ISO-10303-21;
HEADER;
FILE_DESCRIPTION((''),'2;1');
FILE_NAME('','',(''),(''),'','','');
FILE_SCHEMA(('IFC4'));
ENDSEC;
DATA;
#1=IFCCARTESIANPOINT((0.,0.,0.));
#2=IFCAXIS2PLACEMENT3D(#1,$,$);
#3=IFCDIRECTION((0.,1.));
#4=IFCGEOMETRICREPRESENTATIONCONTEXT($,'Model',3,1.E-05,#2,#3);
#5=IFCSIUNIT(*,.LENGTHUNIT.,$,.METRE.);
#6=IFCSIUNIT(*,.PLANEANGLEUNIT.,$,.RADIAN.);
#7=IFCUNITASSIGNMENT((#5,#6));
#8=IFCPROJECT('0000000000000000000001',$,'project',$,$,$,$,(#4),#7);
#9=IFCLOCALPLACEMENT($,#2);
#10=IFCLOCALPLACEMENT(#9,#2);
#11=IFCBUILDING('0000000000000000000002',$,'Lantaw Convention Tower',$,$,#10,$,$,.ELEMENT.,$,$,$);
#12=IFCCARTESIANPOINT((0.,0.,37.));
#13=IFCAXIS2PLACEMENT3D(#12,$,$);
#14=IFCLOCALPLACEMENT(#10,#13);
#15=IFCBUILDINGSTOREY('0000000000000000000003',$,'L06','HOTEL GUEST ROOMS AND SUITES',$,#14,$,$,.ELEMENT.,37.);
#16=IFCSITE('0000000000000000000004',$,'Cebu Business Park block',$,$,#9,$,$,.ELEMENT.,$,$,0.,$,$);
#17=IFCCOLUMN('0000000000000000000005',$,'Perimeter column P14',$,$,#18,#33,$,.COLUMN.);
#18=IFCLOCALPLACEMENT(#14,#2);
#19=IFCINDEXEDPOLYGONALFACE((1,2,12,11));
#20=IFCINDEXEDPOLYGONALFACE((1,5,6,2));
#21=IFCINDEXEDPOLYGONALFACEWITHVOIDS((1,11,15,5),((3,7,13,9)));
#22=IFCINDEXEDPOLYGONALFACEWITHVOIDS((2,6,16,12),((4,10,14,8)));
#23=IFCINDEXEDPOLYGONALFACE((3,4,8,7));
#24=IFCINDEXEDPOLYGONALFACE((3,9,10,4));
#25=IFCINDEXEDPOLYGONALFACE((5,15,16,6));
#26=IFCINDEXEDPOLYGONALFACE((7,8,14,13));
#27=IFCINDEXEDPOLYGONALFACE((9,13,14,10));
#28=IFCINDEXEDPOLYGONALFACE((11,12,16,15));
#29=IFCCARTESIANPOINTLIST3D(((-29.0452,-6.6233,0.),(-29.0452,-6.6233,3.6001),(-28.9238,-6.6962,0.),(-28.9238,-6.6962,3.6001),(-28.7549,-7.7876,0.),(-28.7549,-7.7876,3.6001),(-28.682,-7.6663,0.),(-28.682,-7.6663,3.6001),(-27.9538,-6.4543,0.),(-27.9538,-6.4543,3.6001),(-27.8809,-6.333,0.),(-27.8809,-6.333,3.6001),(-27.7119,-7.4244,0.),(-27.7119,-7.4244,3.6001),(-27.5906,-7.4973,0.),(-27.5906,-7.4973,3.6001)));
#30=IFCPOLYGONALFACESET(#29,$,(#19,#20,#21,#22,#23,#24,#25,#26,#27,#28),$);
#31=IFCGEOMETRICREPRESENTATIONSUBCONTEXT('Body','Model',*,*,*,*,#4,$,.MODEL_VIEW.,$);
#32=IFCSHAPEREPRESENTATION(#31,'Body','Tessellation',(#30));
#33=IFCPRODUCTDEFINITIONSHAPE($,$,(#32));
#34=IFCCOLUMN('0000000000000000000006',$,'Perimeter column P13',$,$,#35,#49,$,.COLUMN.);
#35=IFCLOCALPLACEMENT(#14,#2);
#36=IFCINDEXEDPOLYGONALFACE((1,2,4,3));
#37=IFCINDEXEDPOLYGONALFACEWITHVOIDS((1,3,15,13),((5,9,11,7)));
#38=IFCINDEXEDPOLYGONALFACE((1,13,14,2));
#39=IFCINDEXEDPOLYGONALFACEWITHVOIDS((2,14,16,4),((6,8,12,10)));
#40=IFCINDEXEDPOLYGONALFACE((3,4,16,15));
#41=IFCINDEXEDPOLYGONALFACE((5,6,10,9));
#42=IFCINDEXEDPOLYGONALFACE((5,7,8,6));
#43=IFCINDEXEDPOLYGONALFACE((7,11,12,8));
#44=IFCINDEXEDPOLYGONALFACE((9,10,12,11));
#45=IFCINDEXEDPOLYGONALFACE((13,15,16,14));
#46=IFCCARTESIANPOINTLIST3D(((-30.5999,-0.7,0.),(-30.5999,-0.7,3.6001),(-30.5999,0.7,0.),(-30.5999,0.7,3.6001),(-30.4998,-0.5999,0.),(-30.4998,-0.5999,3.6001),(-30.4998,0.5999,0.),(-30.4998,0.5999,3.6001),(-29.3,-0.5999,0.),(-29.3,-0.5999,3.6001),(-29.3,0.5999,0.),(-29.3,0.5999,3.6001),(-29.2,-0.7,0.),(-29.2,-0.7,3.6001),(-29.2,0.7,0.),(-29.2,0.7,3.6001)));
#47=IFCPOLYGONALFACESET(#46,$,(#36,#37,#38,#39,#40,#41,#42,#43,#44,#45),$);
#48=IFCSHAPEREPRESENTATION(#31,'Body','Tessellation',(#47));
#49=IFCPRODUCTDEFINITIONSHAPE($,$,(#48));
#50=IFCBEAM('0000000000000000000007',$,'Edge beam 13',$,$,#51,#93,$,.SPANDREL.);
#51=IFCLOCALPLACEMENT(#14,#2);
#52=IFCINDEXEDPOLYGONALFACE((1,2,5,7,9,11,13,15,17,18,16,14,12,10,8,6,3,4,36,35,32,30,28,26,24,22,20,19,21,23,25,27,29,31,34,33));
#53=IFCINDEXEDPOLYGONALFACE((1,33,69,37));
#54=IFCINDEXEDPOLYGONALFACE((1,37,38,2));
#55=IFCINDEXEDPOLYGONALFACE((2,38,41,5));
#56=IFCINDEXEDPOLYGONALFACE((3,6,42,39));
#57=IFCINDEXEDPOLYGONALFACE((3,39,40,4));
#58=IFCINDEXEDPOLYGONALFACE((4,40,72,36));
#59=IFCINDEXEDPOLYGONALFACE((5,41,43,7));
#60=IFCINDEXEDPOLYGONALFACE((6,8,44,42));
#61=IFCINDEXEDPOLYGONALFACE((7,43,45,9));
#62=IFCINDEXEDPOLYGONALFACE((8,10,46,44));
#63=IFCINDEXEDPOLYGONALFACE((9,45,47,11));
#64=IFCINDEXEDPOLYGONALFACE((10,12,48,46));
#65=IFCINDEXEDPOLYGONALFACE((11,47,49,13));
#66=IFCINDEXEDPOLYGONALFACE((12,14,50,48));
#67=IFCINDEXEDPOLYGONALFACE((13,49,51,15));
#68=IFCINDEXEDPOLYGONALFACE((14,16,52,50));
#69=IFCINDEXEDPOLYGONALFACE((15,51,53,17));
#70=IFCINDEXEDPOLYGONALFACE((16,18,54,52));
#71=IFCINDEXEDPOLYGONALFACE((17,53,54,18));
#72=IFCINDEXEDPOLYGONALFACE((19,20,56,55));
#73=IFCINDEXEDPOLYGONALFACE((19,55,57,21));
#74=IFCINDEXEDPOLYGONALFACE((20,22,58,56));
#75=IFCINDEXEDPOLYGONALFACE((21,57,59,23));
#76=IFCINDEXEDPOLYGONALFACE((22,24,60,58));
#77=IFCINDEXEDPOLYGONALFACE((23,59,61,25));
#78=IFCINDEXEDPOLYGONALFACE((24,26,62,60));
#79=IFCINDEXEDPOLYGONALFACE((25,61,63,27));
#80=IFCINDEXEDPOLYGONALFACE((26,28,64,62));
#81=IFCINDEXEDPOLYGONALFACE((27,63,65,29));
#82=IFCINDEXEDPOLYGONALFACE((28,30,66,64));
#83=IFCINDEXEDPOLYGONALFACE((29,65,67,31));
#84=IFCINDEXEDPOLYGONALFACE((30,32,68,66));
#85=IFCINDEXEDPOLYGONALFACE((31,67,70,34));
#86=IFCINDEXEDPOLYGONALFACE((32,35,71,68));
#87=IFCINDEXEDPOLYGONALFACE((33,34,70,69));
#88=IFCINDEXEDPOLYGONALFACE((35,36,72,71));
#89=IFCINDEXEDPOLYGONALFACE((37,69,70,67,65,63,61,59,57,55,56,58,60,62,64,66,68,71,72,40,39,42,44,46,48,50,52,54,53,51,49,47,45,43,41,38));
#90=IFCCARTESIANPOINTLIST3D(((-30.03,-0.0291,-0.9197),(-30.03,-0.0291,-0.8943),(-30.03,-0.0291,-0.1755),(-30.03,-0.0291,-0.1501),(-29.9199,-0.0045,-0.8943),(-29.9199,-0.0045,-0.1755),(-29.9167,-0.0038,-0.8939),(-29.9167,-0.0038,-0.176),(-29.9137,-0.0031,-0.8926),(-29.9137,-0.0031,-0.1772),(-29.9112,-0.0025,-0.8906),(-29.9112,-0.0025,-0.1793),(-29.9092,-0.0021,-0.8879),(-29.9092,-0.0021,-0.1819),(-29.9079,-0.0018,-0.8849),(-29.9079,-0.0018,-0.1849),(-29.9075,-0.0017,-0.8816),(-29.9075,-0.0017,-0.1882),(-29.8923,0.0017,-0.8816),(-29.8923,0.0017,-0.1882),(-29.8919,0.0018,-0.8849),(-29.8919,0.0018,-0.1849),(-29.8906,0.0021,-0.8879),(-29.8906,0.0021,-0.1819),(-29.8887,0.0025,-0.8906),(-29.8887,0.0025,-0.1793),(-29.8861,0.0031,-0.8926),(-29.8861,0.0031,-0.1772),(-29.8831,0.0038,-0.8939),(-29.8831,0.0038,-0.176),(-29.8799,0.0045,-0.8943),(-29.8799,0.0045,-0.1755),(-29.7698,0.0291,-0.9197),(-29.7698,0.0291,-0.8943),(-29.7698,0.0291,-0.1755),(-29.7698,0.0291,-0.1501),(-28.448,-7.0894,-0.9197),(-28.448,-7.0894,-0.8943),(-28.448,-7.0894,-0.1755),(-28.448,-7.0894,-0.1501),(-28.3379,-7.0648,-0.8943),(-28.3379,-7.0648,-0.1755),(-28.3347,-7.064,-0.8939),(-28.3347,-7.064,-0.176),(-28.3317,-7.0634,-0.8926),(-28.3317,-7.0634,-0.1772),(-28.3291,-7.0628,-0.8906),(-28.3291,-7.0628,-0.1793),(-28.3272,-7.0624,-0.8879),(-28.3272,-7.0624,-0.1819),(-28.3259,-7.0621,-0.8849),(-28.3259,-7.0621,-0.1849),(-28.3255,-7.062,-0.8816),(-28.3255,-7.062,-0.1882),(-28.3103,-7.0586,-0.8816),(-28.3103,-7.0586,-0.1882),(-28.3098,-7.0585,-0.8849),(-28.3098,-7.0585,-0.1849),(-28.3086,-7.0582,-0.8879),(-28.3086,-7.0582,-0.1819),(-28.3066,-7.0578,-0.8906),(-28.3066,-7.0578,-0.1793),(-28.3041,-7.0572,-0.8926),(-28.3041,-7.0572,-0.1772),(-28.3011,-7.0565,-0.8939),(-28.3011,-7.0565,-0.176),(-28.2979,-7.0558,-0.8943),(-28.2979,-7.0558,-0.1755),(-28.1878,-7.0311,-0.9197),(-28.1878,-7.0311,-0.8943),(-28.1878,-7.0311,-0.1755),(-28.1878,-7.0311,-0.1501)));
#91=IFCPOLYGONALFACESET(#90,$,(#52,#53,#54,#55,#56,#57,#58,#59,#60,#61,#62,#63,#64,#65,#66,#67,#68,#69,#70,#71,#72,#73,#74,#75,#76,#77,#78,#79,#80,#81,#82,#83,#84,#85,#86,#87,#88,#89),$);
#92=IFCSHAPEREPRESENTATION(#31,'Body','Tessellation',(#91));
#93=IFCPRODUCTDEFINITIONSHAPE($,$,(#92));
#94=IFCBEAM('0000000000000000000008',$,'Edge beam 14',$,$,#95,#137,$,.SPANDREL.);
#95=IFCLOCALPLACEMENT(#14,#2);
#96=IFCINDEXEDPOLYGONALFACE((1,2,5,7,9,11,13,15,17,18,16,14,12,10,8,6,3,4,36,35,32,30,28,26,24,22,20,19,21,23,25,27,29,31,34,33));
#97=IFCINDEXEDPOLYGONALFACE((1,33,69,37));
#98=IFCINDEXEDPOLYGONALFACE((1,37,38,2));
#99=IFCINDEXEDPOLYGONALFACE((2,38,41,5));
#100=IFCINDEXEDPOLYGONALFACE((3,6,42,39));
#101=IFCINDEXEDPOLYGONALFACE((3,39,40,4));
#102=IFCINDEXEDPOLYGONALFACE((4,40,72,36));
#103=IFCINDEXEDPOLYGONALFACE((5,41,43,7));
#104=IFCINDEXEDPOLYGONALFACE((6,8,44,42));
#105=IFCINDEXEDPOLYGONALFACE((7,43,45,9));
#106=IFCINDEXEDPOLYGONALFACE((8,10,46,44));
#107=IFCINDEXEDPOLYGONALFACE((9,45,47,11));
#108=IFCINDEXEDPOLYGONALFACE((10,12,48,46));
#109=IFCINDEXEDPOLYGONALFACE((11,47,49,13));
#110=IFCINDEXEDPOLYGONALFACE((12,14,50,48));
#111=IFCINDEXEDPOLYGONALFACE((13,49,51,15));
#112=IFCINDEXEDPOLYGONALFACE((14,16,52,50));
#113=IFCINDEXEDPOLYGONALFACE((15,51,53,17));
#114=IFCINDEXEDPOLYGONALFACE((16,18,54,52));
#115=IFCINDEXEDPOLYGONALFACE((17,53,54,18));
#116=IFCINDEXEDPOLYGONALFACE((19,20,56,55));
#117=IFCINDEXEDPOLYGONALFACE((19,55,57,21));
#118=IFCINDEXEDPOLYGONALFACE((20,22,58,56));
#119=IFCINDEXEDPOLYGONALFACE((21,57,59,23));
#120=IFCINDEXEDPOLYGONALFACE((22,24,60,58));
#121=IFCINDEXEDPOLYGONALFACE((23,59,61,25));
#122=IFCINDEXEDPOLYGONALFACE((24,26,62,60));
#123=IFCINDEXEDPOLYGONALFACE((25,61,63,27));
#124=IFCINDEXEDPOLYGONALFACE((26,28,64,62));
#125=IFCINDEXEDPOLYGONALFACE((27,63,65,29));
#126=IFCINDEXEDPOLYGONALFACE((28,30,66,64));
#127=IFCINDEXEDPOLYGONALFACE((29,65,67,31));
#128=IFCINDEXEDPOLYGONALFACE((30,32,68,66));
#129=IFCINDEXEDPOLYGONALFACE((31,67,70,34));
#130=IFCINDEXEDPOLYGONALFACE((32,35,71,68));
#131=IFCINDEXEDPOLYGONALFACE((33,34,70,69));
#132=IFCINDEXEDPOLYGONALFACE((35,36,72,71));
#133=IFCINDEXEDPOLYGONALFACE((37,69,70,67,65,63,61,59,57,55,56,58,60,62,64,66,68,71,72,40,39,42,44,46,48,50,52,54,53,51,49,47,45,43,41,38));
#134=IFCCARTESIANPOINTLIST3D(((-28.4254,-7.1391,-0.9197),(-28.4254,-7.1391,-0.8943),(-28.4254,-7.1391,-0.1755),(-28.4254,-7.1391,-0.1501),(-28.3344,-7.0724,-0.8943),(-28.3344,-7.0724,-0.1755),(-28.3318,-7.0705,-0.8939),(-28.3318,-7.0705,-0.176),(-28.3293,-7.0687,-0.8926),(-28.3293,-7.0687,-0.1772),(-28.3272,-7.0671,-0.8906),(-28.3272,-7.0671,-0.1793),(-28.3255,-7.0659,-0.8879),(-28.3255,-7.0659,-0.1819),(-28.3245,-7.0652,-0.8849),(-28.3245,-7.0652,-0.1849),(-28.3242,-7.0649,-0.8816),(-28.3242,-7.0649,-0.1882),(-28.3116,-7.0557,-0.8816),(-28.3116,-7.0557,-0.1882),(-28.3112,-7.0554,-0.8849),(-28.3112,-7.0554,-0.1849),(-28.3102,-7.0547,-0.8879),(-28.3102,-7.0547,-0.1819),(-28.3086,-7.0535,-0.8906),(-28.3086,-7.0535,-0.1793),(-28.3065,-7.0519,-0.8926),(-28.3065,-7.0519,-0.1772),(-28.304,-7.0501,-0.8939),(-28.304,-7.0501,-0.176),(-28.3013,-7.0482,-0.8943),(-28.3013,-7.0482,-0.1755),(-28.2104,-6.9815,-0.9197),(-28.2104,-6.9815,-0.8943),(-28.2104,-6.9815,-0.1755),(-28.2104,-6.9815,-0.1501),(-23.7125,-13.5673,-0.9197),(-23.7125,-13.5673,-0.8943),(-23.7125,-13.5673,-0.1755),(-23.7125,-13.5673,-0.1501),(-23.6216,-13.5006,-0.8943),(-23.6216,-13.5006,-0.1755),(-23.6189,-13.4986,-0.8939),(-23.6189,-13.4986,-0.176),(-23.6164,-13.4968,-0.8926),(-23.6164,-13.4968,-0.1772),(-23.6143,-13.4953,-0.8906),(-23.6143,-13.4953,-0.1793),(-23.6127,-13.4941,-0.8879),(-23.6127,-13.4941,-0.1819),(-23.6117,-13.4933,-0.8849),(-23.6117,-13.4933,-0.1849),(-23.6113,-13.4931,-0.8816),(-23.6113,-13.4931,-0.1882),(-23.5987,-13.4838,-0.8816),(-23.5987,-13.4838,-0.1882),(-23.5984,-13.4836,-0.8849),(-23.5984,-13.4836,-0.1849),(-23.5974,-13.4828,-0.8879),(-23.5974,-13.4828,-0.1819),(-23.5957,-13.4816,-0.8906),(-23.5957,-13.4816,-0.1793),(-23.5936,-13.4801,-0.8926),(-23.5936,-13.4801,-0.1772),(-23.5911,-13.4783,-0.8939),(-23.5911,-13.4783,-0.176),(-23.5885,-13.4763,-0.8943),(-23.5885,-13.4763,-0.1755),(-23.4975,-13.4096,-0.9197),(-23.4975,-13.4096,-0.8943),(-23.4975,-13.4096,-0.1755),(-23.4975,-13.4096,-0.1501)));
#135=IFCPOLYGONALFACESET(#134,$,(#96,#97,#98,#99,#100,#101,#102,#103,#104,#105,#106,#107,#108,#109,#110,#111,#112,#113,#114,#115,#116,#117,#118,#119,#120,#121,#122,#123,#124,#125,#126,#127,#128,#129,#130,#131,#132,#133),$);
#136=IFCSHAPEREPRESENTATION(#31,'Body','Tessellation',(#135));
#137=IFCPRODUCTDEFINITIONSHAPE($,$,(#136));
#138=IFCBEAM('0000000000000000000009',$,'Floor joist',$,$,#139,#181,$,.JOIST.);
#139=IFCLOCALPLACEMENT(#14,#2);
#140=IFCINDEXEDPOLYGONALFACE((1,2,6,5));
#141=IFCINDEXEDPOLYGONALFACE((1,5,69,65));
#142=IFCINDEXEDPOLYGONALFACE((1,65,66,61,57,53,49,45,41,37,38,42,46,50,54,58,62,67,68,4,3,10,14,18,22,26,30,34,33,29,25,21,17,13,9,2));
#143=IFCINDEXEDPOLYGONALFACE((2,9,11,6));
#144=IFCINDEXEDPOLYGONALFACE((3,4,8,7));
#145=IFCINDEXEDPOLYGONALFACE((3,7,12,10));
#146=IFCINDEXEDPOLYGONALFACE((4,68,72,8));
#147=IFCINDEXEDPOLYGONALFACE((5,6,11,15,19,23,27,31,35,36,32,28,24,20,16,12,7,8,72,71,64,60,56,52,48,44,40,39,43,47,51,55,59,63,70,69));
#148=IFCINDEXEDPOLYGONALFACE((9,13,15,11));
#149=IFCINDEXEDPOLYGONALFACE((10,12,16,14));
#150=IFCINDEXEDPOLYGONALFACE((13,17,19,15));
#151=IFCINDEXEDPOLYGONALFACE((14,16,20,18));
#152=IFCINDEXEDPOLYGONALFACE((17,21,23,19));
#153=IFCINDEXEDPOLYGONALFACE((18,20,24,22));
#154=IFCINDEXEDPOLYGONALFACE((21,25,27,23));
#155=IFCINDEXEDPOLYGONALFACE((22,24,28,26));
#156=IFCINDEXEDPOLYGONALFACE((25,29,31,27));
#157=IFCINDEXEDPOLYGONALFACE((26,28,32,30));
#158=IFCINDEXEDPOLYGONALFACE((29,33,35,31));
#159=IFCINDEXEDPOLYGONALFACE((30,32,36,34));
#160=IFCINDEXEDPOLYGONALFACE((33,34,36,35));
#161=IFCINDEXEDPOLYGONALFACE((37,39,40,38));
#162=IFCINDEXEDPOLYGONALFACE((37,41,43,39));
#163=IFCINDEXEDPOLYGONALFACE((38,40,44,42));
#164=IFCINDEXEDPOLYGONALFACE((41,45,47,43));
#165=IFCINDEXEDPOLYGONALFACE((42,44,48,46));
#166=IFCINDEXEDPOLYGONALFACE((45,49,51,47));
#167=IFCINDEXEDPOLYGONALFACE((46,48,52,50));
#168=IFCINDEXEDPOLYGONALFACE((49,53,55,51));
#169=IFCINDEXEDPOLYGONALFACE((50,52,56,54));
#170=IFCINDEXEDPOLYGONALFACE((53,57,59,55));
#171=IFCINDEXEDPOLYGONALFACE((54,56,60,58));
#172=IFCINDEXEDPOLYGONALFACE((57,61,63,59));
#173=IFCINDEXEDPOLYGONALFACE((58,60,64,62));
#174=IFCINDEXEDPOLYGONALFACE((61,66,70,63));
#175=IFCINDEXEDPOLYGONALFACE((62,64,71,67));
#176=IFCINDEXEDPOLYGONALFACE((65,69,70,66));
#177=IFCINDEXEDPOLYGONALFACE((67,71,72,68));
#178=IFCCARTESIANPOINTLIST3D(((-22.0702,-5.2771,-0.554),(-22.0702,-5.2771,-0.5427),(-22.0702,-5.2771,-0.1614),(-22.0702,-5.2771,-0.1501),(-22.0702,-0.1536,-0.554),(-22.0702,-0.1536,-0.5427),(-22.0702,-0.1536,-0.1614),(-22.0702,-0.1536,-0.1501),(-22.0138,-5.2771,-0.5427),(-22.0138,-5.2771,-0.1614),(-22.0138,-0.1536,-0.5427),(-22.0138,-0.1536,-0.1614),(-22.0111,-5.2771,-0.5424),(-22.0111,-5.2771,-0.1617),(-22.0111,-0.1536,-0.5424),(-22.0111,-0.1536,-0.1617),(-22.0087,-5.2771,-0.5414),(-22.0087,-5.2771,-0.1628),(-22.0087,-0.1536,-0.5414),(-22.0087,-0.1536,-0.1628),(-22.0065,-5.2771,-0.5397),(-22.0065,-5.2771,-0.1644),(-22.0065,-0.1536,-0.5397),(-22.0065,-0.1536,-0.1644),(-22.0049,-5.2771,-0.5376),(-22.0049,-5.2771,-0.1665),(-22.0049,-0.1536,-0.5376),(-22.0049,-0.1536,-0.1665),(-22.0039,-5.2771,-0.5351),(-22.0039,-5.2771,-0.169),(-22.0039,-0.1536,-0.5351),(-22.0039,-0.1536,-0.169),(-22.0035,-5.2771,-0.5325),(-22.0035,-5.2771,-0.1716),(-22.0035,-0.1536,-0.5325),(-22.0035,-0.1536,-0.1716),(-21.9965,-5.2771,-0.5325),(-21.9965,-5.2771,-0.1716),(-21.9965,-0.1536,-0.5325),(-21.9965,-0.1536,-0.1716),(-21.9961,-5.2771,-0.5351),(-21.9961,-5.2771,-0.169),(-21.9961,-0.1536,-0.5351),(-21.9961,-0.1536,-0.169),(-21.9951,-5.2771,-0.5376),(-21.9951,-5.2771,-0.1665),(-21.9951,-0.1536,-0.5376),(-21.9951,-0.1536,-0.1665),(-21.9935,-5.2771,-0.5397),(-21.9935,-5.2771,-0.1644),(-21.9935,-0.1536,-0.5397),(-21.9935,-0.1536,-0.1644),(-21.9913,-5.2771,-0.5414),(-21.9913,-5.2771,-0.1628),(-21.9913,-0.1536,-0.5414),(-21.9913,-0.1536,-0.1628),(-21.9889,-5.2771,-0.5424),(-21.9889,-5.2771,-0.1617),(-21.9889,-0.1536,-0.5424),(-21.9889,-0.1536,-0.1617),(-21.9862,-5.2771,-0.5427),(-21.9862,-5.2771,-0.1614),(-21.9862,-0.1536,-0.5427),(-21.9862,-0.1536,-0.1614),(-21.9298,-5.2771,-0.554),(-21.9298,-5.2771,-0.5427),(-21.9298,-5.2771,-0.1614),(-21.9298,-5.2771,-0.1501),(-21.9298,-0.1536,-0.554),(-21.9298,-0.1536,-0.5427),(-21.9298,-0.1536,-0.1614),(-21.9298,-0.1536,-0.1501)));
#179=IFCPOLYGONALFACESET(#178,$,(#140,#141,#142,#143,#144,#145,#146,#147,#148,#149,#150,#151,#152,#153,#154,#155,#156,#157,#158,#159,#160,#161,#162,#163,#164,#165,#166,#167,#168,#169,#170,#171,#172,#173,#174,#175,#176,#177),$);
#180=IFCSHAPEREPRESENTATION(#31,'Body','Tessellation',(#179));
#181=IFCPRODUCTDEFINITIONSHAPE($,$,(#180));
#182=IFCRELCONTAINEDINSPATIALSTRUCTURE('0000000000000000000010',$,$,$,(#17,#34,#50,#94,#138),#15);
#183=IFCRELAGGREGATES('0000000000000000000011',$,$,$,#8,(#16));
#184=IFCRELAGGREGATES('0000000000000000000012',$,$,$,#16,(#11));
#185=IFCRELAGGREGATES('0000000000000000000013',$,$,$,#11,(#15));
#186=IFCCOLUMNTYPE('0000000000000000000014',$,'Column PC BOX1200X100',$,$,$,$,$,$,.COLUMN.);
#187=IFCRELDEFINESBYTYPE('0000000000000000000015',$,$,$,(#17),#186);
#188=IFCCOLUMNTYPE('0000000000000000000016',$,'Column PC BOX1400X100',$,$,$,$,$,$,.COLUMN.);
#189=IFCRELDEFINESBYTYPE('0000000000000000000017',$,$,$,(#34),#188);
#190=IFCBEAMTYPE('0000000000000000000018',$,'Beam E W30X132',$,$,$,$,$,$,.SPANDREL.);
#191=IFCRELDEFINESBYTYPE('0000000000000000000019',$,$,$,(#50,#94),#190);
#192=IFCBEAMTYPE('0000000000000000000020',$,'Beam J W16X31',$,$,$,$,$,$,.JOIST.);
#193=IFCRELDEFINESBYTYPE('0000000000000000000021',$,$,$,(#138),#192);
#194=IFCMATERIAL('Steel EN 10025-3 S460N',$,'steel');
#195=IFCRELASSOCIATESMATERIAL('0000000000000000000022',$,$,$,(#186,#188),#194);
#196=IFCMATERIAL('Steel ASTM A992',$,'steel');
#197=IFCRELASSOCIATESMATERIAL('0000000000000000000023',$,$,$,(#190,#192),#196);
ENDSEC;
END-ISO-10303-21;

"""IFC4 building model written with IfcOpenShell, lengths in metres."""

from ifc_helpers import new_model, si_unit, direction, frame, origin, origin_2d, place, context, subcontext, project, spatial, rectangle, hollow_rectangle, i_section, extrude, material, material_profile, profile_set, type_object, element, save


model = new_model("IFC4")

# Units and contexts
model_context = context("Model", 3, precision=1e-05, world=origin(), true_north=direction((0.0, 1.0)))
body_context = subcontext(model_context, "Body", "Model", "MODEL_VIEW")
ifc_project = project(units=[si_unit("LENGTHUNIT", "METRE"), si_unit("PLANEANGLEUNIT", "RADIAN")], contexts=[model_context])

# Site, building, storey
site_placement = place(None, origin())
site = spatial("IfcSite", under=ifc_project, at=site_placement, Name="Cebu Business Park block", CompositionType="ELEMENT", RefElevation=0.0)
building_placement = place(site_placement, origin())
building = spatial("IfcBuilding", under=site, at=building_placement, Name="Lantaw Convention Tower", CompositionType="ELEMENT")
storey_placement = place(building_placement, frame((0.0, 0.0, 37.0)))
storey = spatial("IfcBuildingStorey", under=building, at=storey_placement, Name="L06", Description="HOTEL GUEST ROOMS AND SUITES", CompositionType="ELEMENT", Elevation=37.0)

# Columns
ifc_material_1 = material(Name="Steel EN 10025-3 S460N", Category="steel")
ifc_material_profile_1 = material_profile(ifc_material_1, hollow_rectangle(XDim=1.2, YDim=1.2, WallThickness=0.1001, at=origin_2d()), Name="BOX1200X100")
ifc_material_2 = material(Name="Concrete C60/75", Category="concrete")
ifc_material_profile_2 = material_profile(ifc_material_2, rectangle(XDim=1.0, YDim=1.0, at=origin_2d()), Name="Concrete fill of BOX1200X100")
ifc_profile_set_1 = profile_set([ifc_material_profile_1, ifc_material_profile_2], Name="Steel EN 10025-3 S460N")
column_type_1 = type_object("IfcColumnType", Name="Column PC BOX1200X100", PredefinedType="COLUMN", material=ifc_profile_set_1)
column_1_placement = place(storey_placement, frame((-28.3179, -7.0603, 0.0), z_axis=(0.0, 0.0, 1.0), x_axis=(0.970296, 0.241922, 0.0)))
element("IfcColumn", 1, at=column_1_placement, inside=storey, type_object=column_type_1, Name="Perimeter column P14", PredefinedType="COLUMN", context=body_context, shape_type="SweptSolid", body=[
    extrude(hollow_rectangle(XDim=1.2, YDim=1.2, WallThickness=0.1001, at=origin_2d()), origin(), (0.0, 0.0, 1.0), 3.6001),
])
ifc_material_profile_3 = material_profile(ifc_material_1, hollow_rectangle(XDim=1.3999, YDim=1.3999, WallThickness=0.1001, at=origin_2d()), Name="BOX1400X100")
ifc_material_profile_4 = material_profile(ifc_material_2, rectangle(XDim=1.2, YDim=1.2, at=origin_2d()), Name="Concrete fill of BOX1400X100")
ifc_profile_set_2 = profile_set([ifc_material_profile_3, ifc_material_profile_4], Name="Steel EN 10025-3 S460N")
column_type_2 = type_object("IfcColumnType", Name="Column PC BOX1400X100", PredefinedType="COLUMN", material=ifc_profile_set_2)
column_2_placement = place(storey_placement, frame((-29.8999, 0.0, 0.0), z_axis=(0.0, 0.0, 1.0), x_axis=(1.0, 0.0, 0.0)))
element("IfcColumn", 2, at=column_2_placement, inside=storey, type_object=column_type_2, Name="Perimeter column P13", PredefinedType="COLUMN", context=body_context, shape_type="SweptSolid", body=[
    extrude(hollow_rectangle(XDim=1.3999, YDim=1.3999, WallThickness=0.1001, at=origin_2d()), origin(), (0.0, 0.0, 1.0), 3.6001),
])

# Beams
ifc_material_3 = material(Name="Steel ASTM A992", Category="steel")
ifc_material_profile_5 = material_profile(ifc_material_3, i_section(OverallWidth=0.2666, OverallDepth=0.7695, WebThickness=0.0156, FlangeThickness=0.0254, FilletRadius=0.0127, at=origin_2d()), Name="W30X132")
ifc_profile_set_3 = profile_set([ifc_material_profile_5], Name="Steel ASTM A992")
beam_type_1 = type_object("IfcBeamType", Name="Beam E W30X132", PredefinedType="SPANDREL", material=ifc_profile_set_3)
beam_1_placement = place(storey_placement, frame((-29.8999, 0.0, -0.5349), z_axis=(0.218652, -0.975803, 0.0), x_axis=(0.975803, 0.218652, 0.0)))
element("IfcBeam", 3, at=beam_1_placement, inside=storey, type_object=beam_type_1, Name="Edge beam 13", PredefinedType="SPANDREL", context=body_context, shape_type="SweptSolid", body=[
    extrude(i_section(OverallWidth=0.2666, OverallDepth=0.7695, WebThickness=0.0156, FlangeThickness=0.0254, FilletRadius=0.0127, at=origin_2d()), origin(), (0.0, 0.0, 1.0), 7.2354),
])
beam_2_placement = place(storey_placement, frame((-28.3179, -7.0603, -0.5349), z_axis=(0.591271, -0.806473, 0.0), x_axis=(0.806473, 0.591271, 0.0)))
element("IfcBeam", 4, at=beam_2_placement, inside=storey, type_object=beam_type_1, Name="Edge beam 14", PredefinedType="SPANDREL", context=body_context, shape_type="SweptSolid", body=[
    extrude(i_section(OverallWidth=0.2666, OverallDepth=0.7695, WebThickness=0.0156, FlangeThickness=0.0254, FilletRadius=0.0127, at=origin_2d()), origin(), (0.0, 0.0, 1.0), 7.9707),
])
ifc_material_profile_6 = material_profile(ifc_material_3, i_section(OverallWidth=0.1404, OverallDepth=0.4038, WebThickness=0.0071, FlangeThickness=0.0112, FilletRadius=0.0103, at=origin_2d()), Name="W16X31")
ifc_profile_set_4 = profile_set([ifc_material_profile_6], Name="Steel ASTM A992")
beam_type_2 = type_object("IfcBeamType", Name="Beam J W16X31", PredefinedType="JOIST", material=ifc_profile_set_4)
beam_3_placement = place(storey_placement, frame((-22.0, -5.2771, -0.3521), z_axis=(0.0, 1.0, 0.0), x_axis=(-1.0, 0.0, 0.0)))
element("IfcBeam", 5, at=beam_3_placement, inside=storey, type_object=beam_type_2, Name="Floor joist", PredefinedType="JOIST", context=body_context, shape_type="SweptSolid", body=[
    extrude(i_section(OverallWidth=0.1404, OverallDepth=0.4038, WebThickness=0.0071, FlangeThickness=0.0112, FilletRadius=0.0103, at=origin_2d()), origin(), (0.0, 0.0, 1.0), 5.1235),
])

save(model, "model.ifc")
